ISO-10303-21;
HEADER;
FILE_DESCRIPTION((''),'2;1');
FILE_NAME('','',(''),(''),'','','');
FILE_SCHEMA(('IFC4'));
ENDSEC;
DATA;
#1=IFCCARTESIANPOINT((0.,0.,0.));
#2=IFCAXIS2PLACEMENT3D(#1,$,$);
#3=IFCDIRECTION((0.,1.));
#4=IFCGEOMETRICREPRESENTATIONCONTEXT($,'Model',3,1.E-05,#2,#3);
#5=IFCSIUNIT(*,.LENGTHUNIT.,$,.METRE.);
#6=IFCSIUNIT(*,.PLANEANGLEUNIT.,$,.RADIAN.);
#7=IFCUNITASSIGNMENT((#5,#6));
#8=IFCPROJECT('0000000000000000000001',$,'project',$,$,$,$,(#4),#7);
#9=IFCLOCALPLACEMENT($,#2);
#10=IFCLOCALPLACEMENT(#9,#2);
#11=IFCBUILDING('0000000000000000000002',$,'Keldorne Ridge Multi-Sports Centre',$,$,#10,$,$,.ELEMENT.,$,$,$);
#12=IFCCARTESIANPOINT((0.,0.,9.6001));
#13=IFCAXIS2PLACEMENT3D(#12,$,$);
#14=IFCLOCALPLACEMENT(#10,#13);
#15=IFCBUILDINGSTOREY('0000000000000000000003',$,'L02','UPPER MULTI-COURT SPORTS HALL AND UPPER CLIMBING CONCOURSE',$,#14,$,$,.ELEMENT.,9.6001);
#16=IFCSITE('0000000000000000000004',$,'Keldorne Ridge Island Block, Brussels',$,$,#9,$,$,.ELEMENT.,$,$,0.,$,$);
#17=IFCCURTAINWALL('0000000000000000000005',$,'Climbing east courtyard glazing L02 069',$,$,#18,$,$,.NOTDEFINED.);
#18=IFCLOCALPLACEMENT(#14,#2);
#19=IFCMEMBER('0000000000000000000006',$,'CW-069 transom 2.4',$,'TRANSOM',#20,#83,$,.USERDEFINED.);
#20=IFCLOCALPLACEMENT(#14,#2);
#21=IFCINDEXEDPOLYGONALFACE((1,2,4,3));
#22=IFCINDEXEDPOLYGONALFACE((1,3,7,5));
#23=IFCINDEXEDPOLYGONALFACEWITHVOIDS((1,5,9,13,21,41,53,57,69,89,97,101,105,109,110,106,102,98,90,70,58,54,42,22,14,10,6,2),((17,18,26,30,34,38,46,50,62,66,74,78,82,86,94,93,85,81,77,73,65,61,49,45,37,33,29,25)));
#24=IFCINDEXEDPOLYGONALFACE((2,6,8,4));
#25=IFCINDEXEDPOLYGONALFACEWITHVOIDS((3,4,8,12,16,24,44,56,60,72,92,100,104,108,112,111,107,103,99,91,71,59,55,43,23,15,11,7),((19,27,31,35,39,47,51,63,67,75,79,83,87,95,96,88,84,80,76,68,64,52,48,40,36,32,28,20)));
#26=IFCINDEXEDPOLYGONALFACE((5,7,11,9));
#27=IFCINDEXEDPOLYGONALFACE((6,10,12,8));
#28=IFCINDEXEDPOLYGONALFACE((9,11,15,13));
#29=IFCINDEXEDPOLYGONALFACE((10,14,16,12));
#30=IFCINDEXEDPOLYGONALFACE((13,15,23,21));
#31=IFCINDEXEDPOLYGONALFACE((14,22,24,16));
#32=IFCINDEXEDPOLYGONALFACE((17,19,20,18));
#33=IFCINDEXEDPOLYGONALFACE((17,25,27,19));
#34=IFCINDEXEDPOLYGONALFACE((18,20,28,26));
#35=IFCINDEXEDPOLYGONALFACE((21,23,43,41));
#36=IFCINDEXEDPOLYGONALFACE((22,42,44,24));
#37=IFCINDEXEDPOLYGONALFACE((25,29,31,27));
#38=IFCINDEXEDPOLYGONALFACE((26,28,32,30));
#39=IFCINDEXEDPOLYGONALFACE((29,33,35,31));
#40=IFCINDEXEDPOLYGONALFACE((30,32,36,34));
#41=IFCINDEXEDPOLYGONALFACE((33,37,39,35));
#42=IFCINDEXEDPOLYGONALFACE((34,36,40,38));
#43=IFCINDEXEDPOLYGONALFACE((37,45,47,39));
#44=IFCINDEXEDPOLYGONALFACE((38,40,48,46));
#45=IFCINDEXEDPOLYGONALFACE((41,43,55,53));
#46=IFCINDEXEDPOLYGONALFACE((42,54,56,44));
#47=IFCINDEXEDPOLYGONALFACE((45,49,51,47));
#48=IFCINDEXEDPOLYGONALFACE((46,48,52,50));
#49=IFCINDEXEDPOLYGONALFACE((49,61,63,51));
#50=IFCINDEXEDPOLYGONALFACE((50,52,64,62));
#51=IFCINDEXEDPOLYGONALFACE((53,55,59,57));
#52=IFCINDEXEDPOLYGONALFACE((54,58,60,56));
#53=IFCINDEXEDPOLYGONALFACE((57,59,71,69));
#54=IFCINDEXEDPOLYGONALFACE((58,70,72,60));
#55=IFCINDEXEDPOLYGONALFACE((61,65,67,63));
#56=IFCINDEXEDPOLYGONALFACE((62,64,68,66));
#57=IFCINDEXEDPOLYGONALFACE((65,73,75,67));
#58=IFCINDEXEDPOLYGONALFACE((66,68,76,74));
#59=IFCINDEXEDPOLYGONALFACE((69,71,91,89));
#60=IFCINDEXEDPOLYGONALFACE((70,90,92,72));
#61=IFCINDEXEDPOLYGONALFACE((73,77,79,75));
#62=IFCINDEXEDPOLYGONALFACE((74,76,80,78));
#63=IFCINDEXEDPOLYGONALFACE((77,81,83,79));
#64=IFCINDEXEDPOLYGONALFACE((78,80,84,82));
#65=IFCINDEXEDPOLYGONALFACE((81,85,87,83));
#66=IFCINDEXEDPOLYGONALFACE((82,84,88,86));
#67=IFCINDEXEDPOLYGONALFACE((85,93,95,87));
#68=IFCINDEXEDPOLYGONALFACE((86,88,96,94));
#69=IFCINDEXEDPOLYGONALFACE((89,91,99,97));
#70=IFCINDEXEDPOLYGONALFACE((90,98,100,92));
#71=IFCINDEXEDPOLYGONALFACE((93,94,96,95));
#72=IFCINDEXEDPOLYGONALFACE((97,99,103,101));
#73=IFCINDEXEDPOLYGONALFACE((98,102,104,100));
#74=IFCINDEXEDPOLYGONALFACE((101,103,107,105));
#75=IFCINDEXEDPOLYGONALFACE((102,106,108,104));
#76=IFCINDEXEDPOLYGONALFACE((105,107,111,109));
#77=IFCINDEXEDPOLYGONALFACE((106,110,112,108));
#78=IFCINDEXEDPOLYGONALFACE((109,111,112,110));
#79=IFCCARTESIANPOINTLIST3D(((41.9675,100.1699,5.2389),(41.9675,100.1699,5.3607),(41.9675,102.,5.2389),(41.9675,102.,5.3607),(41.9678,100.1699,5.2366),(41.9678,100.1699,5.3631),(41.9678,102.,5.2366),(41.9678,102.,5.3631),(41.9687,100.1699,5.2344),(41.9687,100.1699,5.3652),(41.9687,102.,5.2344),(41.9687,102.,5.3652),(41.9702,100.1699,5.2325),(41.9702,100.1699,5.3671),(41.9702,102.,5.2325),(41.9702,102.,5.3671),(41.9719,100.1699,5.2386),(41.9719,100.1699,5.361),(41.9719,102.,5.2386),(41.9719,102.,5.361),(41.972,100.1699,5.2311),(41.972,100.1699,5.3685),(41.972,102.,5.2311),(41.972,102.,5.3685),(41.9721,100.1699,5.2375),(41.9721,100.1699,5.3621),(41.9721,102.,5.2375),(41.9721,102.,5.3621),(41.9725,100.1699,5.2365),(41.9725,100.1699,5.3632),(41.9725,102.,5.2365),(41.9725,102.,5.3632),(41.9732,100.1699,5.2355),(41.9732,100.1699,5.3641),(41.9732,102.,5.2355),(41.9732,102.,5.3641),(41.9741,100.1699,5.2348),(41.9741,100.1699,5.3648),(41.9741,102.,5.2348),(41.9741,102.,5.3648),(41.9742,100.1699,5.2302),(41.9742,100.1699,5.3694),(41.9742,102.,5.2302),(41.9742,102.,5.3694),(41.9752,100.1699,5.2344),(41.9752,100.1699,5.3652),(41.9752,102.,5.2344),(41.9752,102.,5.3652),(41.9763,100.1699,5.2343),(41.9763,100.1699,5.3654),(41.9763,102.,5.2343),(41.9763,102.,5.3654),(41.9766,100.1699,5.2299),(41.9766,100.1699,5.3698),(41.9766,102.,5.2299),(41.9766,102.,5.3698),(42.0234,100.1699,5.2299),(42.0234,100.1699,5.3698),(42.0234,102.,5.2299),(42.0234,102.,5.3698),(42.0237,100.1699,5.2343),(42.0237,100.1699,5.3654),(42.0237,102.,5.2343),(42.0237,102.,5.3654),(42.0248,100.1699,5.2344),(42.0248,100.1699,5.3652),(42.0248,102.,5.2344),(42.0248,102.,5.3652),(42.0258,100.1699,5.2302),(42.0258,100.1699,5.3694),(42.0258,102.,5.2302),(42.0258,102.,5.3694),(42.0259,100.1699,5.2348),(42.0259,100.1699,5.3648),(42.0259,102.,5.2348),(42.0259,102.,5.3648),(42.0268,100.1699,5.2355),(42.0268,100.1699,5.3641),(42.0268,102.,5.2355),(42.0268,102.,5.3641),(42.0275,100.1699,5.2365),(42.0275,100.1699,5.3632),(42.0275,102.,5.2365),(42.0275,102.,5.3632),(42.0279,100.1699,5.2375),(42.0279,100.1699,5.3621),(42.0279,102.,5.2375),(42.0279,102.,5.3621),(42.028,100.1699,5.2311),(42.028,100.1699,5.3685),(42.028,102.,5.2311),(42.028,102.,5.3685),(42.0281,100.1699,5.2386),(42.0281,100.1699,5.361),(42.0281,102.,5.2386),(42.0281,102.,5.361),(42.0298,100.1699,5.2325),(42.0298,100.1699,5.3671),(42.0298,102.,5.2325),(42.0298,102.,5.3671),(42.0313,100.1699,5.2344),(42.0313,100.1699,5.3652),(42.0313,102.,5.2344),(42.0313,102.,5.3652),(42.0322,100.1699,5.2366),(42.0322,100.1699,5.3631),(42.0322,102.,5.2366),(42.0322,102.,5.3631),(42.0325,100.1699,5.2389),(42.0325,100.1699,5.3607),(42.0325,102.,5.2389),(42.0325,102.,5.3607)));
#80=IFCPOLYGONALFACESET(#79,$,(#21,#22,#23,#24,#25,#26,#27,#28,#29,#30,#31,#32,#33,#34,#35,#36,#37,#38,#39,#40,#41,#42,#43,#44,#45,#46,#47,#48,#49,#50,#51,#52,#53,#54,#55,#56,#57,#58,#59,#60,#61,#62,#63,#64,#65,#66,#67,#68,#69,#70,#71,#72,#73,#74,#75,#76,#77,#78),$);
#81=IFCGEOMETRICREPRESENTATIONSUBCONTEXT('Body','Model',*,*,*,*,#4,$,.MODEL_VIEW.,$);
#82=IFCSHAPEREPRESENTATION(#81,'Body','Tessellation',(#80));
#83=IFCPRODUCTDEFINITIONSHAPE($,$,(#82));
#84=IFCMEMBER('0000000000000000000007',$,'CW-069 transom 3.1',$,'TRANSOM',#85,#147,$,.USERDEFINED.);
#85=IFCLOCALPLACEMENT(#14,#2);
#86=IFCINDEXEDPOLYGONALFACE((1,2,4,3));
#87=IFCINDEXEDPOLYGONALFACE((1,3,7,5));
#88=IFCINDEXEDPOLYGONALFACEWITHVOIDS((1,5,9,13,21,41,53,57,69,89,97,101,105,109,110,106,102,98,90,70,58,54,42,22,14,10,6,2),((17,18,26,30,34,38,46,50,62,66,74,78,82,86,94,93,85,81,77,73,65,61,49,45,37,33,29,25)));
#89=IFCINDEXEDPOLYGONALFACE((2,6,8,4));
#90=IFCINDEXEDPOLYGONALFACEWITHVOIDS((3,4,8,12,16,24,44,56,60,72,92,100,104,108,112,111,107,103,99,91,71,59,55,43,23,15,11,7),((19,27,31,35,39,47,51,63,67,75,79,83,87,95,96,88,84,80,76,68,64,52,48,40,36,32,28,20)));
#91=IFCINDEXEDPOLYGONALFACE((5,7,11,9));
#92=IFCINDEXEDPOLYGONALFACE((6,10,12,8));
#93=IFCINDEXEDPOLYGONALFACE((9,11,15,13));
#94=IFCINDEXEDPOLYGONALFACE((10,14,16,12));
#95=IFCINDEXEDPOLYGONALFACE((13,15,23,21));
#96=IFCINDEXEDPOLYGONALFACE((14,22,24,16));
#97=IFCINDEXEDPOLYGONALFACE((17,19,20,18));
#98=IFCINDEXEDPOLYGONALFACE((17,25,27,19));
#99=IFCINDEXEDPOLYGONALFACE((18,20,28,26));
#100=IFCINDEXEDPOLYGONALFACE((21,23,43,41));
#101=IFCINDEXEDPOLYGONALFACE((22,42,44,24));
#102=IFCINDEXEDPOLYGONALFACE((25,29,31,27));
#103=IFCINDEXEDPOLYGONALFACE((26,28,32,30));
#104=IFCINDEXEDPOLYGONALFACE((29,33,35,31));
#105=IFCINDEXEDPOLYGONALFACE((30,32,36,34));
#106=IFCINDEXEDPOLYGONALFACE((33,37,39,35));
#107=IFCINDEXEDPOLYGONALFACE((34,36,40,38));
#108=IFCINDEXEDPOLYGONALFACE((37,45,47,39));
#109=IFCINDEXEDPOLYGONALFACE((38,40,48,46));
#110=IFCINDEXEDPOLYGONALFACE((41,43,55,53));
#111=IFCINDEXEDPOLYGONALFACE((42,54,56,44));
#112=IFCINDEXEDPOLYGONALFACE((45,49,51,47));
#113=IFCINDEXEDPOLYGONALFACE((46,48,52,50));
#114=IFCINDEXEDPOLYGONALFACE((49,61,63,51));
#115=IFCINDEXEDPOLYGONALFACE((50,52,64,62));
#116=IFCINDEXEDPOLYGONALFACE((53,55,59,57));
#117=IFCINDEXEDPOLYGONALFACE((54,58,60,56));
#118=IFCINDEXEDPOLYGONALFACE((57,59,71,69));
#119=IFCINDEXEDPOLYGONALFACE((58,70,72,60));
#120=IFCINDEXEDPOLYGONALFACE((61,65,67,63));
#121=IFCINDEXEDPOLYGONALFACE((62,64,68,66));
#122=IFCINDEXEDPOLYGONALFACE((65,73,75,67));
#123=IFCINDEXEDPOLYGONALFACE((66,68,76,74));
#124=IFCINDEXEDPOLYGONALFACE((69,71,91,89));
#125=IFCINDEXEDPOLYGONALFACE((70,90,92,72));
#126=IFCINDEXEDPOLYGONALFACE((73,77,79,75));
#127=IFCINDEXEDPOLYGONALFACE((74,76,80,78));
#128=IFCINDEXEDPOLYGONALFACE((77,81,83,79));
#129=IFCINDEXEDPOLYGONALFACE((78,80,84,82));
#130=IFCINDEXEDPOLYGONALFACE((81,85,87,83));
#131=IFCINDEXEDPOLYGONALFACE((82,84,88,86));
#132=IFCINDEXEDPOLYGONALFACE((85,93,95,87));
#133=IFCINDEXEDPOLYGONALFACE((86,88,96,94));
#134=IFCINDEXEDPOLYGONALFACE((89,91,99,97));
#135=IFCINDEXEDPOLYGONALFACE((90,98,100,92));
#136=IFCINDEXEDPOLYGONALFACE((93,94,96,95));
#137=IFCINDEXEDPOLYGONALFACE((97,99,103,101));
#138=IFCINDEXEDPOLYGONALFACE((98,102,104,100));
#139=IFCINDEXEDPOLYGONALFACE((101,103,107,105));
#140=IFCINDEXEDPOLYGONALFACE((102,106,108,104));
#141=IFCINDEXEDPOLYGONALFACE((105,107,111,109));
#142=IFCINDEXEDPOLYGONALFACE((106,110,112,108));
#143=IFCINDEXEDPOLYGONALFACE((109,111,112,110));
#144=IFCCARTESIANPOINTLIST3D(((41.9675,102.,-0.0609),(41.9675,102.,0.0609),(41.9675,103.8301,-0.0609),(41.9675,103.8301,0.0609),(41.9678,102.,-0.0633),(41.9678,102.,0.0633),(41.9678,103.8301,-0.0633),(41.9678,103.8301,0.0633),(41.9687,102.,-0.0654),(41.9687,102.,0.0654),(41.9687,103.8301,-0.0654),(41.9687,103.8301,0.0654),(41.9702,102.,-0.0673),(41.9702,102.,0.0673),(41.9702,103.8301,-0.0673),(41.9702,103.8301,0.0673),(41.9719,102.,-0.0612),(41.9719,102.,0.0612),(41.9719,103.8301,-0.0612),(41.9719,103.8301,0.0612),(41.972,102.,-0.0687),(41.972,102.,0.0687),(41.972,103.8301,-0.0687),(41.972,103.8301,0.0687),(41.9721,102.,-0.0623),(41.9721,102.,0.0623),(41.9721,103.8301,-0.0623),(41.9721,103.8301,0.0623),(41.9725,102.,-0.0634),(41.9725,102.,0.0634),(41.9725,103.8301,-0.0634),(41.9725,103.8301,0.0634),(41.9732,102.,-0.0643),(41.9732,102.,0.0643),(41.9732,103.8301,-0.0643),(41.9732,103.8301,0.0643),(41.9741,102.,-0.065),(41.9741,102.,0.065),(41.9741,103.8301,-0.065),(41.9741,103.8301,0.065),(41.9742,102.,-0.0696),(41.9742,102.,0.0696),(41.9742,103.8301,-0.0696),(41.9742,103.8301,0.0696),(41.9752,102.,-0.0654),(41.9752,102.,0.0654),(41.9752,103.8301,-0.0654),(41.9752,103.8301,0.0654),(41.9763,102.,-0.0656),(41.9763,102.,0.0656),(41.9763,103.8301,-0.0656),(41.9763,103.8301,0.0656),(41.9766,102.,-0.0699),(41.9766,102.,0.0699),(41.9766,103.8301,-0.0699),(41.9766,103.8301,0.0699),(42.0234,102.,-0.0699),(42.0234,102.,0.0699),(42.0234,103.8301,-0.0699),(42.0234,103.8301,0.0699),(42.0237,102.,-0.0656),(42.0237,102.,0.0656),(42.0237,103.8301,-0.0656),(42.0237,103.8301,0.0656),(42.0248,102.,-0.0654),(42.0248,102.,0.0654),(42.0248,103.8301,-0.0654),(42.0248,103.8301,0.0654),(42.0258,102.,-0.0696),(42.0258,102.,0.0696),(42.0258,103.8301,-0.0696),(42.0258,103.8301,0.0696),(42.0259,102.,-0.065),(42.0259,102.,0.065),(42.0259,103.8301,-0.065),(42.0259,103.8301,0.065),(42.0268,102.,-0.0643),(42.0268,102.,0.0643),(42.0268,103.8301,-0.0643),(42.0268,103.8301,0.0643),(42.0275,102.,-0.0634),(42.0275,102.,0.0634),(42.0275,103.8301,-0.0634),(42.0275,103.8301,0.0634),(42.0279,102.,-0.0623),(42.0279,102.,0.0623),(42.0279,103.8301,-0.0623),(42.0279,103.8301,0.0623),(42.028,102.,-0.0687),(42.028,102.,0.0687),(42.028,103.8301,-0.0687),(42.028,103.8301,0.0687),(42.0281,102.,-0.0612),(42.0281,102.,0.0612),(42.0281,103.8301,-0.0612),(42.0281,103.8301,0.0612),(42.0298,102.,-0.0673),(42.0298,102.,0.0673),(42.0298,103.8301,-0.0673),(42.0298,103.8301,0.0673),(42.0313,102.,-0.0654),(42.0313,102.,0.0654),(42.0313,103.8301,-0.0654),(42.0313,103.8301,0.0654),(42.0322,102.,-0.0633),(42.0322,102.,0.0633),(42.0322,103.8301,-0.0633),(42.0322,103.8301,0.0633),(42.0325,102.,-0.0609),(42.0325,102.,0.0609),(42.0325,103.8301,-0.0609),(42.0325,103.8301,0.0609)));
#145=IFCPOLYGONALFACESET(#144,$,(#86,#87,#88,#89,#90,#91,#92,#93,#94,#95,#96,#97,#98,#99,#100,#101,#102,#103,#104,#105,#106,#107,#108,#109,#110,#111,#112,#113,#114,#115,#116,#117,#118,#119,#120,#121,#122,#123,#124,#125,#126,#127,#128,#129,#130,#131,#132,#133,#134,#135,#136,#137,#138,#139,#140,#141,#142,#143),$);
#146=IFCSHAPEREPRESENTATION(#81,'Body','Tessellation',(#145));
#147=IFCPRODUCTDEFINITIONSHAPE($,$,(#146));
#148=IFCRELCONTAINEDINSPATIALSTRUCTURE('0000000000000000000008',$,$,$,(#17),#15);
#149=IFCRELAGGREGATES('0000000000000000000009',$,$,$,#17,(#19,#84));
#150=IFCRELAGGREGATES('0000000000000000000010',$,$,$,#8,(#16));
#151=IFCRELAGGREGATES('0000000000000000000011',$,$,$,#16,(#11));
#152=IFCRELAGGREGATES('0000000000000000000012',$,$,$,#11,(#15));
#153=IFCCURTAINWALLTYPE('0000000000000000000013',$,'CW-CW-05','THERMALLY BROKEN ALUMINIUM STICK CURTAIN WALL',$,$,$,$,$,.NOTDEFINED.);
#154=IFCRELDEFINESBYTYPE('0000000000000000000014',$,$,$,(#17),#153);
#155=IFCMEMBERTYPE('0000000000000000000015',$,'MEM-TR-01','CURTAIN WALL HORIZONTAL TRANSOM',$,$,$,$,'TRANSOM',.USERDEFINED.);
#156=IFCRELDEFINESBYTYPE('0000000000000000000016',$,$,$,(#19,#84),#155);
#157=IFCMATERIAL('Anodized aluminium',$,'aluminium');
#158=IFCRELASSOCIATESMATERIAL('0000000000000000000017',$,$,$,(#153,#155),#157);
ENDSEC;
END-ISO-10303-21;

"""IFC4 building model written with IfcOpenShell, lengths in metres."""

from ifc_helpers import new_model, si_unit, direction, frame, origin, origin_2d, place, context, subcontext, project, spatial, hollow_rectangle, extrude, material, material_profile, profile_set, type_object, element, aggregate, save


model = new_model("IFC4")

# Units and contexts
model_context = context("Model", 3, precision=1e-05, world=origin(), true_north=direction((0.0, 1.0)))
body_context = subcontext(model_context, "Body", "Model", "MODEL_VIEW")
ifc_project = project(units=[si_unit("LENGTHUNIT", "METRE"), si_unit("PLANEANGLEUNIT", "RADIAN")], contexts=[model_context])

# Site, building, storey
site_placement = place(None, origin())
site = spatial("IfcSite", under=ifc_project, at=site_placement, Name="Keldorne Ridge Island Block, Brussels", CompositionType="ELEMENT", RefElevation=0.0)
building_placement = place(site_placement, origin())
building = spatial("IfcBuilding", under=site, at=building_placement, Name="Keldorne Ridge Multi-Sports Centre", CompositionType="ELEMENT")
storey_placement = place(building_placement, frame((0.0, 0.0, 9.6001)))
storey = spatial("IfcBuildingStorey", under=building, at=storey_placement, Name="L02", Description="UPPER MULTI-COURT SPORTS HALL AND UPPER CLIMBING CONCOURSE", CompositionType="ELEMENT", Elevation=9.6001)

# Curtain wall, members
ifc_material_1 = material(Name="Anodized aluminium", Category="aluminium")
curtain_wall_type = type_object("IfcCurtainWallType", Name="CW-CW-05", Description="THERMALLY BROKEN ALUMINIUM STICK CURTAIN WALL", PredefinedType="NOTDEFINED", material=ifc_material_1)
curtain_wall_placement = place(storey_placement, origin())
curtain_wall = element("IfcCurtainWall", 1, at=curtain_wall_placement, inside=storey, type_object=curtain_wall_type, Name="Climbing east courtyard glazing L02 069", PredefinedType="NOTDEFINED")
ifc_material_profile_1 = material_profile(ifc_material_1, hollow_rectangle(XDim=0.0649, YDim=0.1399, WallThickness=0.0044, InnerFilletRadius=0.0044, OuterFilletRadius=0.009, at=origin_2d()), Name="ALU TRANSOM 140x65x4.5")
ifc_profile_set_1 = profile_set([ifc_material_profile_1], Name="Anodized aluminium")
member_type_1 = type_object("IfcMemberType", Name="MEM-TR-01", Description="CURTAIN WALL HORIZONTAL TRANSOM", ElementType="TRANSOM", PredefinedType="USERDEFINED", material=ifc_profile_set_1)
member_1_placement = place(storey_placement, frame((42.0, 100.1699, 5.2998), z_axis=(0.0, 1.0, 0.0), x_axis=(-1.0, 0.0, 0.0)))
member_1 = element("IfcMember", 2, at=member_1_placement, type_object=member_type_1, Name="CW-069 transom 2.4", ObjectType="TRANSOM", PredefinedType="USERDEFINED", context=body_context, shape_type="SweptSolid", body=[
    extrude(hollow_rectangle(XDim=0.0649, YDim=0.1399, WallThickness=0.0044, InnerFilletRadius=0.0044, OuterFilletRadius=0.009, at=origin_2d()), origin(), (0.0, 0.0, 1.0), 1.8301),
])
member_2_placement = place(storey_placement, frame((42.0, 102.0, 0.0), z_axis=(0.0, 1.0, 0.0), x_axis=(-1.0, 0.0, 0.0)))
member_2 = element("IfcMember", 3, at=member_2_placement, type_object=member_type_1, Name="CW-069 transom 3.1", ObjectType="TRANSOM", PredefinedType="USERDEFINED", context=body_context, shape_type="SweptSolid", body=[
    extrude(hollow_rectangle(XDim=0.0649, YDim=0.1399, WallThickness=0.0044, InnerFilletRadius=0.0044, OuterFilletRadius=0.009, at=origin_2d()), origin(), (0.0, 0.0, 1.0), 1.8301),
])
aggregate(curtain_wall, [member_1, member_2])

save(model, "model.ifc")
